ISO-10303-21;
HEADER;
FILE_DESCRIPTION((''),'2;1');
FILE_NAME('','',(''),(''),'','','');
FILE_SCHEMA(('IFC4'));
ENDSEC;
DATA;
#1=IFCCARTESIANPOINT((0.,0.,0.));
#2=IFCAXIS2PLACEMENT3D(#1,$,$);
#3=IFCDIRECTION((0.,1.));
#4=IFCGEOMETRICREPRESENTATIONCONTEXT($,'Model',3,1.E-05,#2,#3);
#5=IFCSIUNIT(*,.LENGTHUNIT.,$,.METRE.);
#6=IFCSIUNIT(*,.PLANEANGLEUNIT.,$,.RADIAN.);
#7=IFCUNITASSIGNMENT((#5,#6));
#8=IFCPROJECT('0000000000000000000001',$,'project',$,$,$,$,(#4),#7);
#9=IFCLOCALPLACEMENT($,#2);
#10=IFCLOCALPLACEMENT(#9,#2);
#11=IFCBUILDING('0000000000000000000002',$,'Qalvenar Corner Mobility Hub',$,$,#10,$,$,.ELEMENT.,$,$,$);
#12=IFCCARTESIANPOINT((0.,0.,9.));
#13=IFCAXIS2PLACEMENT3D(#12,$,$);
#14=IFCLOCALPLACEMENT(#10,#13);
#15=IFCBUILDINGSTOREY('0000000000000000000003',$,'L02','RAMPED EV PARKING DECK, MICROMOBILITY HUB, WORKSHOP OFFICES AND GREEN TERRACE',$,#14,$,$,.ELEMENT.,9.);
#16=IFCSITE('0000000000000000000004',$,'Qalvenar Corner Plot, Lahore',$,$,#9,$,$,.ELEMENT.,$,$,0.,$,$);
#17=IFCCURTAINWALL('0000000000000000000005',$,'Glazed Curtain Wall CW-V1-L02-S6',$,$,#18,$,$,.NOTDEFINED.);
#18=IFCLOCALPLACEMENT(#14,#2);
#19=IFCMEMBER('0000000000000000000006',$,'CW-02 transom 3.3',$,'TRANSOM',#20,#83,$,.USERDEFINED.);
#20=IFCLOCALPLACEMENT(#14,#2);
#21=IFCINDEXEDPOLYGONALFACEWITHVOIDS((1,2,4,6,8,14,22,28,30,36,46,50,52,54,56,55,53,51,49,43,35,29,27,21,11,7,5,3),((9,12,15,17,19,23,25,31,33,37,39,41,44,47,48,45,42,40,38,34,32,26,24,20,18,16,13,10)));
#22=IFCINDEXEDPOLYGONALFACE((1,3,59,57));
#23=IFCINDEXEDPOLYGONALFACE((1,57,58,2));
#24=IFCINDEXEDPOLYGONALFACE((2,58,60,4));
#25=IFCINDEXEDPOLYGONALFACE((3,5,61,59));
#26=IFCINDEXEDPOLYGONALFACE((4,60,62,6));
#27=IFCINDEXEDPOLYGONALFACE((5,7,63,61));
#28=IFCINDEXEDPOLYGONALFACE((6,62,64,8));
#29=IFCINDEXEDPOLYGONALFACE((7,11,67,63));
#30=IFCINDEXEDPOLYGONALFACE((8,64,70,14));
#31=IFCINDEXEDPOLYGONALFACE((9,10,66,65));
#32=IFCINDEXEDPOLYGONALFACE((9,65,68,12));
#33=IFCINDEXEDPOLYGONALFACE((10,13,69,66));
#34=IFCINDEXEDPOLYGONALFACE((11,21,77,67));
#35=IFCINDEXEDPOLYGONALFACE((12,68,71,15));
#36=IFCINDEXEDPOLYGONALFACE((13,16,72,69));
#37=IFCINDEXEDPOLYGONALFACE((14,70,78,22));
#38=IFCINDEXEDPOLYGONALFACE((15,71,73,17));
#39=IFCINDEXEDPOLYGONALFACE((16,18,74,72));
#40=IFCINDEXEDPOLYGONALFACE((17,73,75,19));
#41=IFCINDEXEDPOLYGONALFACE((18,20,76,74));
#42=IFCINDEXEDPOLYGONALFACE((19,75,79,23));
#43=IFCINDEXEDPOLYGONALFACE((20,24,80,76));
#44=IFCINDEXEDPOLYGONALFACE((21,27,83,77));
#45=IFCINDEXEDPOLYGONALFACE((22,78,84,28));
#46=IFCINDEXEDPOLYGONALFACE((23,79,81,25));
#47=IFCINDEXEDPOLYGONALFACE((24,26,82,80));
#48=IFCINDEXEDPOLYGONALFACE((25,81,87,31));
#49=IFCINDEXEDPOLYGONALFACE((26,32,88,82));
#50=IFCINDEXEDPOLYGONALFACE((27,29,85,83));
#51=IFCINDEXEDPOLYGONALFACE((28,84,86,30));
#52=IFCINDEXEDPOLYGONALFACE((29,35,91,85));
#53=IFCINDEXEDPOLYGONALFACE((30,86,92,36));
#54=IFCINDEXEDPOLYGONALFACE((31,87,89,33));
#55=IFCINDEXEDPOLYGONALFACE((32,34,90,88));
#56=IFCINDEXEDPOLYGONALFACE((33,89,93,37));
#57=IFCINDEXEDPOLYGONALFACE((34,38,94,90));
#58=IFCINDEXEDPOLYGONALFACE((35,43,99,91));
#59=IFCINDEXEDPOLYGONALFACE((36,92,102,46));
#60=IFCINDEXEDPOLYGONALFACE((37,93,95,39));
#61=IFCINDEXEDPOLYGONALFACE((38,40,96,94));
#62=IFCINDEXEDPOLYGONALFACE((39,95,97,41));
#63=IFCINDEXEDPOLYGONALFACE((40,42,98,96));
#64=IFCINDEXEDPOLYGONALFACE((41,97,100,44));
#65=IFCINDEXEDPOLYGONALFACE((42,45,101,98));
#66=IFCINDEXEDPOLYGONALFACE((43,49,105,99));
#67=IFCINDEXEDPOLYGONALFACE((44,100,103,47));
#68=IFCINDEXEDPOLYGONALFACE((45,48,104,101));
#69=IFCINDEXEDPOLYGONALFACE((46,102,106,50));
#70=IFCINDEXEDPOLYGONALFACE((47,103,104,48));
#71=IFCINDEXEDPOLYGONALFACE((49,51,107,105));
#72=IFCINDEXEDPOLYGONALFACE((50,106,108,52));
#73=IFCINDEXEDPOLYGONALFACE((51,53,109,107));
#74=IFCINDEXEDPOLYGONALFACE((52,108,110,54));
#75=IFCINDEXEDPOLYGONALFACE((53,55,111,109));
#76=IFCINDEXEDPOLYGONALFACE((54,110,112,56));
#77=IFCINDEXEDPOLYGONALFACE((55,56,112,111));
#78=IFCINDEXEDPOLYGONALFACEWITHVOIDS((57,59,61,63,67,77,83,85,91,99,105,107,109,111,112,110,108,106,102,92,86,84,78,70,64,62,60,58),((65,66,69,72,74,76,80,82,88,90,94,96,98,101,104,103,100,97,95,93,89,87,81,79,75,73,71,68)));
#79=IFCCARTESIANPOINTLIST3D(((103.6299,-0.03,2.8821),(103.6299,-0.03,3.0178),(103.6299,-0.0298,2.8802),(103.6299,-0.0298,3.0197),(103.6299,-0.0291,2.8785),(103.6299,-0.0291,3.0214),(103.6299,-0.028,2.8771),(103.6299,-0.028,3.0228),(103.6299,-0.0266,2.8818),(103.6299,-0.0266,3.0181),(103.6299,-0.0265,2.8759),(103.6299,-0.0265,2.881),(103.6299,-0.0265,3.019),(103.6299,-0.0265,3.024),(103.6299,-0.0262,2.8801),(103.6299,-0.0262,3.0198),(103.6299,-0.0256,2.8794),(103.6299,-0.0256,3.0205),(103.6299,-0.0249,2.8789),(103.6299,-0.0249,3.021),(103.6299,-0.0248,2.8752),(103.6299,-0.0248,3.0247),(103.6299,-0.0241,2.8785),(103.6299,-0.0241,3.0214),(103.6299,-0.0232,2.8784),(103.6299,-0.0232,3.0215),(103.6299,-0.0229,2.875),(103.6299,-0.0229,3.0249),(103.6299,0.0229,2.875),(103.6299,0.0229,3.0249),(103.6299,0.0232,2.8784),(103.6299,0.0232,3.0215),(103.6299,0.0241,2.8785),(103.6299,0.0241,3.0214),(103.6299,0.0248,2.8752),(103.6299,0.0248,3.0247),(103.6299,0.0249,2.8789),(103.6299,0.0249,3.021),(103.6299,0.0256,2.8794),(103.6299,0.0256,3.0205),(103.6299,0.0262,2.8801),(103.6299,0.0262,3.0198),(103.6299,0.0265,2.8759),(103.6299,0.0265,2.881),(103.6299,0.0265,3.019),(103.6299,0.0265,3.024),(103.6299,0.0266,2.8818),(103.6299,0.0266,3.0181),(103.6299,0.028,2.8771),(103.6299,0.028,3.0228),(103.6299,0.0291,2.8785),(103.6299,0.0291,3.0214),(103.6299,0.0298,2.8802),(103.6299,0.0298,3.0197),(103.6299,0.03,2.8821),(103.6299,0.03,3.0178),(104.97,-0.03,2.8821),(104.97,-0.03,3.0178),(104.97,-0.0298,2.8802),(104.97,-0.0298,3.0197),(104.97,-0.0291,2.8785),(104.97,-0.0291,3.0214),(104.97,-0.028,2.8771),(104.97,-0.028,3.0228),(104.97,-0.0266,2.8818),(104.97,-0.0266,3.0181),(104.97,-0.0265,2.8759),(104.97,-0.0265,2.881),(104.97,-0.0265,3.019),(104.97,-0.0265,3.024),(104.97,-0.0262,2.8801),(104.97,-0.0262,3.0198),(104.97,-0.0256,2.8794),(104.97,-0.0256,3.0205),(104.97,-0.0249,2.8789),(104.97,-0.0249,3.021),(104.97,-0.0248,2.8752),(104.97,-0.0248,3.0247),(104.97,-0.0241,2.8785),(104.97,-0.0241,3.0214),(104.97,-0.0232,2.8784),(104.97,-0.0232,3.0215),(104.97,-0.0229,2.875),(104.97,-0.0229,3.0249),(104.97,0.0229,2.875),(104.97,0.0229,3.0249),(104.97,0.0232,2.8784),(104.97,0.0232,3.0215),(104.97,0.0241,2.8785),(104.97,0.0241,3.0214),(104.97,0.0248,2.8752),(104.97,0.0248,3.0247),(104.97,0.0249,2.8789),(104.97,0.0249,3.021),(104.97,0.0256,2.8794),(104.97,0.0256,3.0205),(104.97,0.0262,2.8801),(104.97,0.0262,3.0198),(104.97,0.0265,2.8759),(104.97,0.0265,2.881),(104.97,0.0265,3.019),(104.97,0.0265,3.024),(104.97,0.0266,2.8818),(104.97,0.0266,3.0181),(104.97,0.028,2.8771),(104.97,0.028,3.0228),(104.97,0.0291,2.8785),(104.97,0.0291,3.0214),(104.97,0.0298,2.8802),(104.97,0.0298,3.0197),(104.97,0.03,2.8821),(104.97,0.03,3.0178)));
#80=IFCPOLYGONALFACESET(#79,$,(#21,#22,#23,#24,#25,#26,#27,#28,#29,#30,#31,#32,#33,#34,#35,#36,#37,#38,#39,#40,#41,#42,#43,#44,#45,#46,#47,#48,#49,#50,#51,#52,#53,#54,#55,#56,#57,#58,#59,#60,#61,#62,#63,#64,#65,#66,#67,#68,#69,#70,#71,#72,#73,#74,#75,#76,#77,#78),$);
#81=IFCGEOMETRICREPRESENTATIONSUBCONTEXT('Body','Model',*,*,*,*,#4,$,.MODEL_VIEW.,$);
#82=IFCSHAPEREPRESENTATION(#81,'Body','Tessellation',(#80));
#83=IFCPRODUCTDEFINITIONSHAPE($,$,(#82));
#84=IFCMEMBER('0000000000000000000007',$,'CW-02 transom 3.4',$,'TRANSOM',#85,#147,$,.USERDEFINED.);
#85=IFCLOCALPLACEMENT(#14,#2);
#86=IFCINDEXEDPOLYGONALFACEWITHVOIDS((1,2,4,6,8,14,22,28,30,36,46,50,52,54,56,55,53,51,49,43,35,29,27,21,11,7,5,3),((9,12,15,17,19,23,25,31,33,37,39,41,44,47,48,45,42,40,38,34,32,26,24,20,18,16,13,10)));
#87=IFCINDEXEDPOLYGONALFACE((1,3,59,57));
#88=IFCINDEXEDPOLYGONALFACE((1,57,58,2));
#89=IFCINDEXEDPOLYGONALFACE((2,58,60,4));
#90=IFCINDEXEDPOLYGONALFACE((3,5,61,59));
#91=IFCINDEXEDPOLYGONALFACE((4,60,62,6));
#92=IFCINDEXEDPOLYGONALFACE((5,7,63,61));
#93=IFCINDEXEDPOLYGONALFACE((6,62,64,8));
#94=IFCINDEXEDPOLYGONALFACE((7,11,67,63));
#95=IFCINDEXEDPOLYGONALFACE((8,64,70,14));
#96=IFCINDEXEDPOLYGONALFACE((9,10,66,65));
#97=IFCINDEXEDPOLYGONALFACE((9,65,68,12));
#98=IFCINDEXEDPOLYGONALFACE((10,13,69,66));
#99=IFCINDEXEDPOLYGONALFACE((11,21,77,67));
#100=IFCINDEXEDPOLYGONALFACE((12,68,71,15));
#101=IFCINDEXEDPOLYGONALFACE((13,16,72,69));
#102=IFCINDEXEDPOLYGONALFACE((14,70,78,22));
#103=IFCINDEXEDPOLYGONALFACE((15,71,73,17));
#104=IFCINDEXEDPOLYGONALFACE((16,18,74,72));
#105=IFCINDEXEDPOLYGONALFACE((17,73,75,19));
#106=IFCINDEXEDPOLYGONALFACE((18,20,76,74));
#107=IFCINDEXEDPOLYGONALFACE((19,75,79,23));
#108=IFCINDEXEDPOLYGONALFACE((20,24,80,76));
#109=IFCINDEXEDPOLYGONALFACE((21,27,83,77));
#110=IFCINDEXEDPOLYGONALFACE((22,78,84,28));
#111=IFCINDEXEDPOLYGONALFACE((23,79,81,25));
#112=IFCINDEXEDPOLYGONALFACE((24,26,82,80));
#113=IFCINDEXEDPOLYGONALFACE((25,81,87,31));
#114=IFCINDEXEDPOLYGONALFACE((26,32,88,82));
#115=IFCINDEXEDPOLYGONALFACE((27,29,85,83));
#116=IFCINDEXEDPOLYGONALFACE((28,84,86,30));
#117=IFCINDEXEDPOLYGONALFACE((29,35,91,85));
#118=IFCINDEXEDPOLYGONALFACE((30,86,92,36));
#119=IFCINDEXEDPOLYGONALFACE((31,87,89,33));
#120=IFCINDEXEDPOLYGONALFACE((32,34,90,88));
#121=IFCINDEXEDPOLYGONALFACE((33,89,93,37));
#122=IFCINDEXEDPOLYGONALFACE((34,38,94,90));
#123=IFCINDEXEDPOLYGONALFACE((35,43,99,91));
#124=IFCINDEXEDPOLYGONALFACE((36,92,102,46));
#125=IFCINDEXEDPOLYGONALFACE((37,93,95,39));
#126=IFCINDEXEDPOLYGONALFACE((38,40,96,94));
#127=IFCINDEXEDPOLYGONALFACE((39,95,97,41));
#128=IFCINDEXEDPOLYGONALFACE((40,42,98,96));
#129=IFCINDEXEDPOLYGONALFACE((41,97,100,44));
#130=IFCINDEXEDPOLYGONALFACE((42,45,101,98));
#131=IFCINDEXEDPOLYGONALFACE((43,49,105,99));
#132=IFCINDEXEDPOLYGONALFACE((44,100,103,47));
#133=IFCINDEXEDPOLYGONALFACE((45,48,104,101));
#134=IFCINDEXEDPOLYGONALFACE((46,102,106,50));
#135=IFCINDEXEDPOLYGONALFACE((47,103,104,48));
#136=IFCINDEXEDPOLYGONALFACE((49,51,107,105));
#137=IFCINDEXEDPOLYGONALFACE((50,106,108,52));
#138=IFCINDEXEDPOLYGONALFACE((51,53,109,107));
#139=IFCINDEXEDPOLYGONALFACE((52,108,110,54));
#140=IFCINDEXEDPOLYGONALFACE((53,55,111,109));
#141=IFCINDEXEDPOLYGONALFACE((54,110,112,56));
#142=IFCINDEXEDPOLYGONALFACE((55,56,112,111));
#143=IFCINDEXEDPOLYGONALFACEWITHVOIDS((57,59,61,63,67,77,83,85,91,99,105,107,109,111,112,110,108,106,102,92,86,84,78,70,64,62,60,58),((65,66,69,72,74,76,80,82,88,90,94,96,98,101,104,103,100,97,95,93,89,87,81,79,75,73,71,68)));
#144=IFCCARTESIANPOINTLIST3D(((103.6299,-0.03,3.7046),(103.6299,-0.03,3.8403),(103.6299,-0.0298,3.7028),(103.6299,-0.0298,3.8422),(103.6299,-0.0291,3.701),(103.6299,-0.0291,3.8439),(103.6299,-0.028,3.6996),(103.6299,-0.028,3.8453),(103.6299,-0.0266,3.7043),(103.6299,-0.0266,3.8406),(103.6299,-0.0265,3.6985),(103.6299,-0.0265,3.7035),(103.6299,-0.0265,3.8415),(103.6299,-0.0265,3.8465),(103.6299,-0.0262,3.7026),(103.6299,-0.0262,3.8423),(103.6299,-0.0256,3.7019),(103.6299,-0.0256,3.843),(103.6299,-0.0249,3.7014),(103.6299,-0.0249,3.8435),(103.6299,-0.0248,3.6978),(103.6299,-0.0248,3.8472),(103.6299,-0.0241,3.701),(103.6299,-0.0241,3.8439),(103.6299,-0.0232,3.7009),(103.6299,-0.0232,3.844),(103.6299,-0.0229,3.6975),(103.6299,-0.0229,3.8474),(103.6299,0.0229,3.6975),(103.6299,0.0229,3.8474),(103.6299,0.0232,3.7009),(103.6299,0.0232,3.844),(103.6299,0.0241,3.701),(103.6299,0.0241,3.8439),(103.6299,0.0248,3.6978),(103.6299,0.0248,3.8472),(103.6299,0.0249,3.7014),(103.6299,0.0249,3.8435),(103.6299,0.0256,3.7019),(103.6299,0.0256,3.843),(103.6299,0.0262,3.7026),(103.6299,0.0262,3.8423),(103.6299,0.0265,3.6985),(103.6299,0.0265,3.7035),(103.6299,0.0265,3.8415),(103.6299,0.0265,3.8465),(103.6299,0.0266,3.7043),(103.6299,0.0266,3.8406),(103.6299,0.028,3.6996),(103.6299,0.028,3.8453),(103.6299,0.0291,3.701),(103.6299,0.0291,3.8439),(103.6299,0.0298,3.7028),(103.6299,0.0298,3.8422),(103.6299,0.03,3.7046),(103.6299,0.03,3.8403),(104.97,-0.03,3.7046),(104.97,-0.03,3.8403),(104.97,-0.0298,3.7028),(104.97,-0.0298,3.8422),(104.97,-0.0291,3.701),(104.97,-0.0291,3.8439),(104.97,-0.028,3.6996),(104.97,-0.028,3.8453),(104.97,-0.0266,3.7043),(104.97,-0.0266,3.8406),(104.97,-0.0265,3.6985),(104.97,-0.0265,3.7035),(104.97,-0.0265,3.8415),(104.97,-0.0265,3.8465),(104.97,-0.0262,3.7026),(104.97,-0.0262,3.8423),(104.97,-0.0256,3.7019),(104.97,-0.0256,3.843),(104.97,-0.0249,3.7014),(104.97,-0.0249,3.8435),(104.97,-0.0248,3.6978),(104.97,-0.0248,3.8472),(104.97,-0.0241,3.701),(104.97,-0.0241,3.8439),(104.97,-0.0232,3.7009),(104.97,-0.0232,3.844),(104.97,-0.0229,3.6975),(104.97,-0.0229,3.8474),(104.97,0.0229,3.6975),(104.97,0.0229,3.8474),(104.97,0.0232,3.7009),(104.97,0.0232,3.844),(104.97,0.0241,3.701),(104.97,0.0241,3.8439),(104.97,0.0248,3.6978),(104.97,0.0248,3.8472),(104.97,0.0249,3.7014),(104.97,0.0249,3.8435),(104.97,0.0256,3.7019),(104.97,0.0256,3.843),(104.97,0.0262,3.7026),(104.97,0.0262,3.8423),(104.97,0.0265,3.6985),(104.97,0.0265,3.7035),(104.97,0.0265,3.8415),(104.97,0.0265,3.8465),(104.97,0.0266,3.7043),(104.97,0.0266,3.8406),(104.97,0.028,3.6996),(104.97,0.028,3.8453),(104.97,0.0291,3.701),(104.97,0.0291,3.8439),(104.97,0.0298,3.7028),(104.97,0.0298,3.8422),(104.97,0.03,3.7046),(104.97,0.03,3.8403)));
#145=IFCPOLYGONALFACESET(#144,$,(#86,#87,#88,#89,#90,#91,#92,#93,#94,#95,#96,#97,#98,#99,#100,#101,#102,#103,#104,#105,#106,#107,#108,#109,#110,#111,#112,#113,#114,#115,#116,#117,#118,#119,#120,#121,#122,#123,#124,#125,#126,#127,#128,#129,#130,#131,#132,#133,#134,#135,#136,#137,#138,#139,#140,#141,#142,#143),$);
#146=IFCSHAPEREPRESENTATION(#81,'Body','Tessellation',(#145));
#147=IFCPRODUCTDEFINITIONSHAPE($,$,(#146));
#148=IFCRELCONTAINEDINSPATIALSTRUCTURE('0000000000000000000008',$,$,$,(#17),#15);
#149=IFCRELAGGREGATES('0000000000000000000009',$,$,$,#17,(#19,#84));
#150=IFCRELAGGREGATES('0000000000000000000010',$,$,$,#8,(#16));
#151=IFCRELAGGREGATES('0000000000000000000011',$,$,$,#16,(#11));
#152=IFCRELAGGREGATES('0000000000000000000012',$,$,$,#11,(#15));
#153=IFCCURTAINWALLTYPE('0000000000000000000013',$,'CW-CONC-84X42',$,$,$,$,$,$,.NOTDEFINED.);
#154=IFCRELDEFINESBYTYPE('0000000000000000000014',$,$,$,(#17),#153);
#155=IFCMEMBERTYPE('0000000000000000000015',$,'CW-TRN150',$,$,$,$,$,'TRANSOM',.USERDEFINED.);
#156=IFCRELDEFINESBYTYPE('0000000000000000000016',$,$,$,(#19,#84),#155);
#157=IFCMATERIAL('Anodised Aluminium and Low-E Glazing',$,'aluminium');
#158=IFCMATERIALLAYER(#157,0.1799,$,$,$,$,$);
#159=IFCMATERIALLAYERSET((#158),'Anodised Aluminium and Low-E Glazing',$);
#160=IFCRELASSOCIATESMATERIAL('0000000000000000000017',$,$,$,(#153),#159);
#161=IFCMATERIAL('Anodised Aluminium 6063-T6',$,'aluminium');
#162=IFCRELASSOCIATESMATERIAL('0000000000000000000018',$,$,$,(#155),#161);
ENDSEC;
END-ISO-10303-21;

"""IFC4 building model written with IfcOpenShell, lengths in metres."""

from ifc_helpers import new_model, si_unit, direction, frame, origin, origin_2d, place, context, subcontext, project, spatial, hollow_rectangle, extrude, material, layer, layer_set, material_profile, profile_set, type_object, element, aggregate, save


model = new_model("IFC4")

# Units and contexts
model_context = context("Model", 3, precision=1e-05, world=origin(), true_north=direction((0.0, 1.0)))
body_context = subcontext(model_context, "Body", "Model", "MODEL_VIEW")
ifc_project = project(units=[si_unit("LENGTHUNIT", "METRE"), si_unit("PLANEANGLEUNIT", "RADIAN")], contexts=[model_context])

# Site, building, storey
site_placement = place(None, origin())
site = spatial("IfcSite", under=ifc_project, at=site_placement, Name="Qalvenar Corner Plot, Lahore", CompositionType="ELEMENT", RefElevation=0.0)
building_placement = place(site_placement, origin())
building = spatial("IfcBuilding", under=site, at=building_placement, Name="Qalvenar Corner Mobility Hub", CompositionType="ELEMENT")
storey_placement = place(building_placement, frame((0.0, 0.0, 9.0)))
storey = spatial("IfcBuildingStorey", under=building, at=storey_placement, Name="L02", Description="RAMPED EV PARKING DECK, MICROMOBILITY HUB, WORKSHOP OFFICES AND GREEN TERRACE", CompositionType="ELEMENT", Elevation=9.0)

# Curtain wall, members
ifc_material_1 = material(Name="Anodised Aluminium and Low-E Glazing", Category="aluminium")
ifc_layer_1 = layer(ifc_material_1, 0.1799)
ifc_layer_set_1 = layer_set([ifc_layer_1], Name="Anodised Aluminium and Low-E Glazing")
curtain_wall_type = type_object("IfcCurtainWallType", Name="CW-CONC-84X42", PredefinedType="NOTDEFINED", material=ifc_layer_set_1)
curtain_wall_placement = place(storey_placement, origin())
curtain_wall = element("IfcCurtainWall", 1, at=curtain_wall_placement, inside=storey, type_object=curtain_wall_type, Name="Glazed Curtain Wall CW-V1-L02-S6", PredefinedType="NOTDEFINED")
ifc_material_2 = material(Name="Anodised Aluminium 6063-T6", Category="aluminium")
ifc_material_profile_1 = material_profile(ifc_material_2, hollow_rectangle(XDim=0.0601, YDim=0.1499, WallThickness=0.0034, InnerFilletRadius=0.0034, OuterFilletRadius=0.0071, at=origin_2d()), Name="RHS150x60x3.5")
ifc_profile_set_1 = profile_set([ifc_material_profile_1], Name="Anodised Aluminium 6063-T6")
member_type_1 = type_object("IfcMemberType", Name="CW-TRN150", ElementType="TRANSOM", PredefinedType="USERDEFINED", material=ifc_profile_set_1)
member_1_placement = place(storey_placement, frame((103.6299, 0.0, 2.95), z_axis=(1.0, 0.0, 0.0), x_axis=(0.0, 1.0, 0.0)))
member_1 = element("IfcMember", 2, at=member_1_placement, type_object=member_type_1, Name="CW-02 transom 3.3", ObjectType="TRANSOM", PredefinedType="USERDEFINED", context=body_context, shape_type="SweptSolid", body=[
    extrude(hollow_rectangle(XDim=0.0601, YDim=0.1499, WallThickness=0.0034, InnerFilletRadius=0.0034, OuterFilletRadius=0.0071, at=origin_2d()), origin(), (0.0, 0.0, 1.0), 1.3401),
])
member_2_placement = place(storey_placement, frame((103.6299, 0.0, 3.7725), z_axis=(1.0, 0.0, 0.0), x_axis=(0.0, 1.0, 0.0)))
member_2 = element("IfcMember", 3, at=member_2_placement, type_object=member_type_1, Name="CW-02 transom 3.4", ObjectType="TRANSOM", PredefinedType="USERDEFINED", context=body_context, shape_type="SweptSolid", body=[
    extrude(hollow_rectangle(XDim=0.0601, YDim=0.1499, WallThickness=0.0034, InnerFilletRadius=0.0034, OuterFilletRadius=0.0071, at=origin_2d()), origin(), (0.0, 0.0, 1.0), 1.3401),
])
aggregate(curtain_wall, [member_1, member_2])

save(model, "model.ifc")
